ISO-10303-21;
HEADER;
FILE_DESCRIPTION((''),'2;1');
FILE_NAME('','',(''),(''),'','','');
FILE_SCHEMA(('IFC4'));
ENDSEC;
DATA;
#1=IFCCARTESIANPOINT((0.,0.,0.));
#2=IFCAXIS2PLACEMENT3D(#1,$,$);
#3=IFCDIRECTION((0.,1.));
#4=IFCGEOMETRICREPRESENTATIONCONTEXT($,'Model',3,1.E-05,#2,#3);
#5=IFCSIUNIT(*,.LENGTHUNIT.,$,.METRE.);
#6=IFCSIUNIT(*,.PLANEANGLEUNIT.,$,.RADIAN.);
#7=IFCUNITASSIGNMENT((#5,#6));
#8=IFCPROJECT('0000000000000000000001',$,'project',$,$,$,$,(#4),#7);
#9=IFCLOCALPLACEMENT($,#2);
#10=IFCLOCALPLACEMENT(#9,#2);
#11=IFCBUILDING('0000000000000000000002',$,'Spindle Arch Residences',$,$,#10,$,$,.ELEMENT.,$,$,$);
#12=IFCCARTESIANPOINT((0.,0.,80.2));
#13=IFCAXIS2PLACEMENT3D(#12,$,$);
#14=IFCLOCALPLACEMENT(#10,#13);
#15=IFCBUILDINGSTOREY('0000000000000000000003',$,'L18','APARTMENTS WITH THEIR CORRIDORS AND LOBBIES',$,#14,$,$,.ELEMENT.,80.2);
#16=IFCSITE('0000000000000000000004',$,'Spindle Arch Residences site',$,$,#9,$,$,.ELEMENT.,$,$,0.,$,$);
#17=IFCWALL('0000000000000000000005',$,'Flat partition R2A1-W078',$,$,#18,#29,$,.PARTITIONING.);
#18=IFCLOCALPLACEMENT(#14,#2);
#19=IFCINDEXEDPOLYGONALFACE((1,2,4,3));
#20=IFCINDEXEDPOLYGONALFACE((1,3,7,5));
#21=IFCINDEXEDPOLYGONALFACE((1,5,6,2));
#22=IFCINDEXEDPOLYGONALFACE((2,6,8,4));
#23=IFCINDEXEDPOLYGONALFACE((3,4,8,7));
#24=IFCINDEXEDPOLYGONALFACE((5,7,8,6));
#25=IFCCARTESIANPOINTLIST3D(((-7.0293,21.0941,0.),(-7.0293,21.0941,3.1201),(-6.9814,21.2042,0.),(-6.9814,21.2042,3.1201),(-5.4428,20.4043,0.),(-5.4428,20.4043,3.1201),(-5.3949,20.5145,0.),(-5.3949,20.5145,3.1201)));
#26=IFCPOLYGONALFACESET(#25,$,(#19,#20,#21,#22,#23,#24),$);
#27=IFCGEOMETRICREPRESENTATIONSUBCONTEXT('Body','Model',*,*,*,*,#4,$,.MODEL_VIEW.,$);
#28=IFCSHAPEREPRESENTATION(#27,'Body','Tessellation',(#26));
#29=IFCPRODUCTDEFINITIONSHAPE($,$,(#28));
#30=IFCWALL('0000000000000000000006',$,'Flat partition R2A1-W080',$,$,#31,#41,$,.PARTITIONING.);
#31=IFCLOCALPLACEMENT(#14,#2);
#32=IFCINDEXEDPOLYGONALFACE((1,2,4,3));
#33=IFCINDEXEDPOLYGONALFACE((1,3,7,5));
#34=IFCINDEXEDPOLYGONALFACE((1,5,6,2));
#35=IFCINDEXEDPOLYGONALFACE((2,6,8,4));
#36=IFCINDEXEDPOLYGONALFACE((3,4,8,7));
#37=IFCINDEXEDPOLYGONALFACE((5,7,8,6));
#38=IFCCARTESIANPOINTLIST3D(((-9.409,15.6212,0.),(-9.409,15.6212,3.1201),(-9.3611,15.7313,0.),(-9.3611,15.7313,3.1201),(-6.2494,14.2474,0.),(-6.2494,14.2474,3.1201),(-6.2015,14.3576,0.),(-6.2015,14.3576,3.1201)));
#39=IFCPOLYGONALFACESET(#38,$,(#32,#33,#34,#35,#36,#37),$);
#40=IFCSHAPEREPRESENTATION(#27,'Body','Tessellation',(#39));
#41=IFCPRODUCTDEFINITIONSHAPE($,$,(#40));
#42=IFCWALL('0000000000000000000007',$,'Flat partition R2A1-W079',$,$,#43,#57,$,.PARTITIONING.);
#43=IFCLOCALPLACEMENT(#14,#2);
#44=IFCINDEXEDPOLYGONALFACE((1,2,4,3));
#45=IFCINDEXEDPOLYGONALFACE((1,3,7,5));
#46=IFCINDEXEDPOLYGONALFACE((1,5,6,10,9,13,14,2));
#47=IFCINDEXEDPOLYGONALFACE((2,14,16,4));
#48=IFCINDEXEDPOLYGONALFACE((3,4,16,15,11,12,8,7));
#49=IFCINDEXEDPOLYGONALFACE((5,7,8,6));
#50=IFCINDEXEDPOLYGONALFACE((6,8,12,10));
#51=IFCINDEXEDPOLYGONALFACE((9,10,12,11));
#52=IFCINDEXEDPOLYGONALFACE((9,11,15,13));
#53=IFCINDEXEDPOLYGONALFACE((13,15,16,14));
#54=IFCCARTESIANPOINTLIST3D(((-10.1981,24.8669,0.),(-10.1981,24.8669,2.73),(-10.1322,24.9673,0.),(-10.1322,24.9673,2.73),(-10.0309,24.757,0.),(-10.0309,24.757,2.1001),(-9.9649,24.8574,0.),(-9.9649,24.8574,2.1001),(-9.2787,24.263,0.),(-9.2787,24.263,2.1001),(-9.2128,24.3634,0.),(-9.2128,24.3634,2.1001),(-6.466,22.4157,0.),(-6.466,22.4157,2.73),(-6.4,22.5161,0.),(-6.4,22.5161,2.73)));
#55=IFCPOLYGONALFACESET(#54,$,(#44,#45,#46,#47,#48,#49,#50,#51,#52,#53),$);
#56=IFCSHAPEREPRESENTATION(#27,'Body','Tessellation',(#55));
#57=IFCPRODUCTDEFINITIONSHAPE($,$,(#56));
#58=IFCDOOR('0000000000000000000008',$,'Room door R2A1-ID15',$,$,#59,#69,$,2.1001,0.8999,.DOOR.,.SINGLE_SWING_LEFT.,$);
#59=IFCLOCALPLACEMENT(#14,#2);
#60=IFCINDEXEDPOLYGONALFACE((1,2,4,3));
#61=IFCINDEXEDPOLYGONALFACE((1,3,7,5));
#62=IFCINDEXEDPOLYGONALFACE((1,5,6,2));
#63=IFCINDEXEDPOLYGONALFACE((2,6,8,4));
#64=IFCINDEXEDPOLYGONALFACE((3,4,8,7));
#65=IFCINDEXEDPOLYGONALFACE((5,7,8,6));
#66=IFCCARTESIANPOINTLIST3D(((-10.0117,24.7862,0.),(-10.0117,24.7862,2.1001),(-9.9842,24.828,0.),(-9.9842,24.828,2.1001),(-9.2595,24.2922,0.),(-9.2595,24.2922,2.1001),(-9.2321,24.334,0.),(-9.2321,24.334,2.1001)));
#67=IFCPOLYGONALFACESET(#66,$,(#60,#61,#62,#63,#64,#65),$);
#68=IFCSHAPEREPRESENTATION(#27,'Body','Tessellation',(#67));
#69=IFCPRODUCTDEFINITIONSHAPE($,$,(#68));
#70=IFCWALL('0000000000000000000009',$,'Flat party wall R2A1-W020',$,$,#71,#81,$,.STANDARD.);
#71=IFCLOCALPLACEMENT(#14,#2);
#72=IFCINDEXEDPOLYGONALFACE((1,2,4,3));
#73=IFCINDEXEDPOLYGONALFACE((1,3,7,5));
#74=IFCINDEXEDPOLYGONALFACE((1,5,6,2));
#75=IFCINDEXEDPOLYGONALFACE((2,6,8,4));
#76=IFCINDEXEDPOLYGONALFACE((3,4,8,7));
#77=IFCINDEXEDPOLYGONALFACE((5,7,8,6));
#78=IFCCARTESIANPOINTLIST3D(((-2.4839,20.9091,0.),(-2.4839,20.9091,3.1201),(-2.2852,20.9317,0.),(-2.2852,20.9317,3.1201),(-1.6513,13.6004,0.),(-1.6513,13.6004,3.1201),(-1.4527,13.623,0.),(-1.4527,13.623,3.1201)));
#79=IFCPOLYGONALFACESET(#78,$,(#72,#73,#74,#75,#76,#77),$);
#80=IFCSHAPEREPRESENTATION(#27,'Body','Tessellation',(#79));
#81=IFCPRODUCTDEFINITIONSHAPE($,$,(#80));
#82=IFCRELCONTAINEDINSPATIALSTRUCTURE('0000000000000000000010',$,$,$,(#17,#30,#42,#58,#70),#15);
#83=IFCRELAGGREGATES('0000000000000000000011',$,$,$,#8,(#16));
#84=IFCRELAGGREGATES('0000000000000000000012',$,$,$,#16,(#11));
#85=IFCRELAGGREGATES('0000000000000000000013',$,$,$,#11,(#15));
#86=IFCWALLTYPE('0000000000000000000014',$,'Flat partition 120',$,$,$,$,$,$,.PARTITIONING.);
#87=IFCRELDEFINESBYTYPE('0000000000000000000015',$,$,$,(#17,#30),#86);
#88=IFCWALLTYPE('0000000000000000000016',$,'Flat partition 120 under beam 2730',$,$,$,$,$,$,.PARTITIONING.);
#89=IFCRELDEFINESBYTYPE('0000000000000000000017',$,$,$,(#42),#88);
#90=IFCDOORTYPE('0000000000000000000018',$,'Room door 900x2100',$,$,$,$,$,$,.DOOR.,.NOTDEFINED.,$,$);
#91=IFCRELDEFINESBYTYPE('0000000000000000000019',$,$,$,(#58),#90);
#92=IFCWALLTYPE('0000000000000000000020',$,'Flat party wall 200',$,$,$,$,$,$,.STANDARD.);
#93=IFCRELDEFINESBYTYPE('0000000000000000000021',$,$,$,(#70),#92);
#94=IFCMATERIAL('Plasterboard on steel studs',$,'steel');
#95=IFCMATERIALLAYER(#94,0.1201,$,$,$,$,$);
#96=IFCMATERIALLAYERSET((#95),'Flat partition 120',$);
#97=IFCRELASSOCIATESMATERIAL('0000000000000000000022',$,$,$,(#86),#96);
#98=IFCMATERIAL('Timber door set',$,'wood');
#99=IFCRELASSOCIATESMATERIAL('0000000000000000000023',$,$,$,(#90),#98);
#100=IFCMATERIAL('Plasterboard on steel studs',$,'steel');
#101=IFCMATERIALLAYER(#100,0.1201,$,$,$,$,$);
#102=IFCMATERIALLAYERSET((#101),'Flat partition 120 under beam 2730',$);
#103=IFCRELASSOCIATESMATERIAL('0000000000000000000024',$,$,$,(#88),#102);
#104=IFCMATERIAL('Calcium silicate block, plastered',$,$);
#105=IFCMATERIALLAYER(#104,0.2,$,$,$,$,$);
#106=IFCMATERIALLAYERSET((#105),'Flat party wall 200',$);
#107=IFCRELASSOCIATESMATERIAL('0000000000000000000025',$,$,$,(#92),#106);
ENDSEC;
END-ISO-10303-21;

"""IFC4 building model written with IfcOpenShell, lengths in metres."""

from ifc_helpers import new_model, si_unit, direction, frame, frame_2d, origin, place, context, subcontext, project, spatial, rectangle, extrude, material, layer, layer_set, type_object, element, fill, save


model = new_model("IFC4")

# Units and contexts
model_context = context("Model", 3, precision=1e-05, world=origin(), true_north=direction((0.0, 1.0)))
body_context = subcontext(model_context, "Body", "Model", "MODEL_VIEW")
ifc_project = project(units=[si_unit("LENGTHUNIT", "METRE"), si_unit("PLANEANGLEUNIT", "RADIAN")], contexts=[model_context])

# Site, building, storey
site_placement = place(None, origin())
site = spatial("IfcSite", under=ifc_project, at=site_placement, Name="Spindle Arch Residences site", CompositionType="ELEMENT", RefElevation=0.0)
building_placement = place(site_placement, origin())
building = spatial("IfcBuilding", under=site, at=building_placement, Name="Spindle Arch Residences", CompositionType="ELEMENT")
storey_placement = place(building_placement, frame((0.0, 0.0, 80.2)))
storey = spatial("IfcBuildingStorey", under=building, at=storey_placement, Name="L18", Description="APARTMENTS WITH THEIR CORRIDORS AND LOBBIES", CompositionType="ELEMENT", Elevation=80.2)

# Shared definitions
ifc_material_1 = material(Name="Plasterboard on steel studs", Category="steel")
ifc_layer_1 = layer(ifc_material_1, 0.1201)
ifc_layer_set_1 = layer_set([ifc_layer_1], Name="Flat partition 120")
wall_type_1 = type_object("IfcWallType", Name="Flat partition 120", PredefinedType="PARTITIONING", material=ifc_layer_set_1)

# Shared definitions
ifc_material_2 = material(Name="Timber door set", Category="wood")
door_type_1 = type_object("IfcDoorType", Name="Room door 900x2100", OperationType="NOTDEFINED", PredefinedType="DOOR", material=ifc_material_2)

# Walls
wall_1_placement = place(storey_placement, frame((-7.0054, 21.1492, 0.0), z_axis=(0.0, 0.0, 1.0), x_axis=(0.917081, -0.3987, 0.0)))
element("IfcWall", 1, at=wall_1_placement, inside=storey, type_object=wall_type_1, Name="Flat partition R2A1-W078", PredefinedType="PARTITIONING", context=body_context, shape_type="SweptSolid", body=[
    extrude(rectangle(XDim=1.73, YDim=0.1201, at=frame_2d((0.865, 0.0))), origin(), (0.0, 0.0, 1.0), 3.1201),
])
wall_2_placement = place(storey_placement, frame((-9.385, 15.6763, 0.0), z_axis=(0.0, 0.0, 1.0), x_axis=(0.917069, -0.398729, 0.0)))
element("IfcWall", 2, at=wall_2_placement, inside=storey, type_object=wall_type_1, Name="Flat partition R2A1-W080", PredefinedType="PARTITIONING", context=body_context, shape_type="SweptSolid", body=[
    extrude(rectangle(XDim=3.4453, YDim=0.1201, at=frame_2d((1.7227, 0.0))), origin(), (0.0, 0.0, 1.0), 3.1201),
])

# Wall, opening, door
ifc_material_3 = material(Name="Plasterboard on steel studs", Category="steel")
ifc_layer_2 = layer(ifc_material_3, 0.1201)
ifc_layer_set_2 = layer_set([ifc_layer_2], Name="Flat partition 120 under beam 2730")
wall_type_2 = type_object("IfcWallType", Name="Flat partition 120 under beam 2730", PredefinedType="PARTITIONING", material=ifc_layer_set_2)
wall_3_placement = place(storey_placement, frame((-10.165, 24.917, 0.0), z_axis=(0.0, 0.0, 1.0), x_axis=(0.83585, -0.548959, 0.0)))
wall_3 = element("IfcWall", 3, at=wall_3_placement, inside=storey, type_object=wall_type_2, Name="Flat partition R2A1-W079", PredefinedType="PARTITIONING", context=body_context, shape_type="SweptSolid", body=[
    extrude(rectangle(XDim=4.4651, YDim=0.1201, at=frame_2d((2.2324, 0.0))), origin(), (0.0, 0.0, 1.0), 2.73),
])
opening_1_placement = place(wall_3_placement, frame((0.2, 0.0, 0.0)))
opening_1 = element("IfcOpeningElement", 4, at=opening_1_placement, cuts=wall_3, PredefinedType="OPENING", context=body_context, shape_type="SweptSolid", body=[
    extrude(rectangle(XDim=0.8999, YDim=2.1001, at=frame_2d((0.45, 1.05))), frame((0.0, 0.0701, 0.0), z_axis=(0.0, -1.0, 0.0), x_axis=(1.0, 0.0, 0.0)), (0.0, 0.0, 1.0), 0.1401),
])
door_1_placement = place(opening_1_placement, origin())
door_1 = element("IfcDoor", 5, at=door_1_placement, inside=storey, type_object=door_type_1, Name="Room door R2A1-ID15", OperationType="SINGLE_SWING_LEFT", OverallHeight=2.1001, OverallWidth=0.8999, PredefinedType="DOOR", context=body_context, shape_type="SweptSolid", body=[
    extrude(rectangle(XDim=0.8999, YDim=2.1001, at=frame_2d((0.45, 1.05))), frame((0.0, 0.0249, 0.0), z_axis=(0.0, -1.0, 0.0), x_axis=(1.0, 0.0, 0.0)), (0.0, 0.0, 1.0), 0.05),
])
fill(opening_1, door_1)

# Wall
ifc_material_4 = material(Name="Calcium silicate block, plastered")
ifc_layer_3 = layer(ifc_material_4, 0.2)
ifc_layer_set_3 = layer_set([ifc_layer_3], Name="Flat party wall 200")
wall_type_3 = type_object("IfcWallType", Name="Flat party wall 200", PredefinedType="STANDARD", material=ifc_layer_set_3)
wall_4_placement = place(storey_placement, frame((-2.3845, 20.9204, 0.0), z_axis=(0.0, 0.0, 1.0), x_axis=(0.113178, -0.993575, 0.0)))
element("IfcWall", 6, at=wall_4_placement, inside=storey, type_object=wall_type_3, Name="Flat party wall R2A1-W020", PredefinedType="STANDARD", context=body_context, shape_type="SweptSolid", body=[
    extrude(rectangle(XDim=7.356, YDim=0.2, at=frame_2d((3.678, 0.0))), origin(), (0.0, 0.0, 1.0), 3.1201),
])

save(model, "model.ifc")
